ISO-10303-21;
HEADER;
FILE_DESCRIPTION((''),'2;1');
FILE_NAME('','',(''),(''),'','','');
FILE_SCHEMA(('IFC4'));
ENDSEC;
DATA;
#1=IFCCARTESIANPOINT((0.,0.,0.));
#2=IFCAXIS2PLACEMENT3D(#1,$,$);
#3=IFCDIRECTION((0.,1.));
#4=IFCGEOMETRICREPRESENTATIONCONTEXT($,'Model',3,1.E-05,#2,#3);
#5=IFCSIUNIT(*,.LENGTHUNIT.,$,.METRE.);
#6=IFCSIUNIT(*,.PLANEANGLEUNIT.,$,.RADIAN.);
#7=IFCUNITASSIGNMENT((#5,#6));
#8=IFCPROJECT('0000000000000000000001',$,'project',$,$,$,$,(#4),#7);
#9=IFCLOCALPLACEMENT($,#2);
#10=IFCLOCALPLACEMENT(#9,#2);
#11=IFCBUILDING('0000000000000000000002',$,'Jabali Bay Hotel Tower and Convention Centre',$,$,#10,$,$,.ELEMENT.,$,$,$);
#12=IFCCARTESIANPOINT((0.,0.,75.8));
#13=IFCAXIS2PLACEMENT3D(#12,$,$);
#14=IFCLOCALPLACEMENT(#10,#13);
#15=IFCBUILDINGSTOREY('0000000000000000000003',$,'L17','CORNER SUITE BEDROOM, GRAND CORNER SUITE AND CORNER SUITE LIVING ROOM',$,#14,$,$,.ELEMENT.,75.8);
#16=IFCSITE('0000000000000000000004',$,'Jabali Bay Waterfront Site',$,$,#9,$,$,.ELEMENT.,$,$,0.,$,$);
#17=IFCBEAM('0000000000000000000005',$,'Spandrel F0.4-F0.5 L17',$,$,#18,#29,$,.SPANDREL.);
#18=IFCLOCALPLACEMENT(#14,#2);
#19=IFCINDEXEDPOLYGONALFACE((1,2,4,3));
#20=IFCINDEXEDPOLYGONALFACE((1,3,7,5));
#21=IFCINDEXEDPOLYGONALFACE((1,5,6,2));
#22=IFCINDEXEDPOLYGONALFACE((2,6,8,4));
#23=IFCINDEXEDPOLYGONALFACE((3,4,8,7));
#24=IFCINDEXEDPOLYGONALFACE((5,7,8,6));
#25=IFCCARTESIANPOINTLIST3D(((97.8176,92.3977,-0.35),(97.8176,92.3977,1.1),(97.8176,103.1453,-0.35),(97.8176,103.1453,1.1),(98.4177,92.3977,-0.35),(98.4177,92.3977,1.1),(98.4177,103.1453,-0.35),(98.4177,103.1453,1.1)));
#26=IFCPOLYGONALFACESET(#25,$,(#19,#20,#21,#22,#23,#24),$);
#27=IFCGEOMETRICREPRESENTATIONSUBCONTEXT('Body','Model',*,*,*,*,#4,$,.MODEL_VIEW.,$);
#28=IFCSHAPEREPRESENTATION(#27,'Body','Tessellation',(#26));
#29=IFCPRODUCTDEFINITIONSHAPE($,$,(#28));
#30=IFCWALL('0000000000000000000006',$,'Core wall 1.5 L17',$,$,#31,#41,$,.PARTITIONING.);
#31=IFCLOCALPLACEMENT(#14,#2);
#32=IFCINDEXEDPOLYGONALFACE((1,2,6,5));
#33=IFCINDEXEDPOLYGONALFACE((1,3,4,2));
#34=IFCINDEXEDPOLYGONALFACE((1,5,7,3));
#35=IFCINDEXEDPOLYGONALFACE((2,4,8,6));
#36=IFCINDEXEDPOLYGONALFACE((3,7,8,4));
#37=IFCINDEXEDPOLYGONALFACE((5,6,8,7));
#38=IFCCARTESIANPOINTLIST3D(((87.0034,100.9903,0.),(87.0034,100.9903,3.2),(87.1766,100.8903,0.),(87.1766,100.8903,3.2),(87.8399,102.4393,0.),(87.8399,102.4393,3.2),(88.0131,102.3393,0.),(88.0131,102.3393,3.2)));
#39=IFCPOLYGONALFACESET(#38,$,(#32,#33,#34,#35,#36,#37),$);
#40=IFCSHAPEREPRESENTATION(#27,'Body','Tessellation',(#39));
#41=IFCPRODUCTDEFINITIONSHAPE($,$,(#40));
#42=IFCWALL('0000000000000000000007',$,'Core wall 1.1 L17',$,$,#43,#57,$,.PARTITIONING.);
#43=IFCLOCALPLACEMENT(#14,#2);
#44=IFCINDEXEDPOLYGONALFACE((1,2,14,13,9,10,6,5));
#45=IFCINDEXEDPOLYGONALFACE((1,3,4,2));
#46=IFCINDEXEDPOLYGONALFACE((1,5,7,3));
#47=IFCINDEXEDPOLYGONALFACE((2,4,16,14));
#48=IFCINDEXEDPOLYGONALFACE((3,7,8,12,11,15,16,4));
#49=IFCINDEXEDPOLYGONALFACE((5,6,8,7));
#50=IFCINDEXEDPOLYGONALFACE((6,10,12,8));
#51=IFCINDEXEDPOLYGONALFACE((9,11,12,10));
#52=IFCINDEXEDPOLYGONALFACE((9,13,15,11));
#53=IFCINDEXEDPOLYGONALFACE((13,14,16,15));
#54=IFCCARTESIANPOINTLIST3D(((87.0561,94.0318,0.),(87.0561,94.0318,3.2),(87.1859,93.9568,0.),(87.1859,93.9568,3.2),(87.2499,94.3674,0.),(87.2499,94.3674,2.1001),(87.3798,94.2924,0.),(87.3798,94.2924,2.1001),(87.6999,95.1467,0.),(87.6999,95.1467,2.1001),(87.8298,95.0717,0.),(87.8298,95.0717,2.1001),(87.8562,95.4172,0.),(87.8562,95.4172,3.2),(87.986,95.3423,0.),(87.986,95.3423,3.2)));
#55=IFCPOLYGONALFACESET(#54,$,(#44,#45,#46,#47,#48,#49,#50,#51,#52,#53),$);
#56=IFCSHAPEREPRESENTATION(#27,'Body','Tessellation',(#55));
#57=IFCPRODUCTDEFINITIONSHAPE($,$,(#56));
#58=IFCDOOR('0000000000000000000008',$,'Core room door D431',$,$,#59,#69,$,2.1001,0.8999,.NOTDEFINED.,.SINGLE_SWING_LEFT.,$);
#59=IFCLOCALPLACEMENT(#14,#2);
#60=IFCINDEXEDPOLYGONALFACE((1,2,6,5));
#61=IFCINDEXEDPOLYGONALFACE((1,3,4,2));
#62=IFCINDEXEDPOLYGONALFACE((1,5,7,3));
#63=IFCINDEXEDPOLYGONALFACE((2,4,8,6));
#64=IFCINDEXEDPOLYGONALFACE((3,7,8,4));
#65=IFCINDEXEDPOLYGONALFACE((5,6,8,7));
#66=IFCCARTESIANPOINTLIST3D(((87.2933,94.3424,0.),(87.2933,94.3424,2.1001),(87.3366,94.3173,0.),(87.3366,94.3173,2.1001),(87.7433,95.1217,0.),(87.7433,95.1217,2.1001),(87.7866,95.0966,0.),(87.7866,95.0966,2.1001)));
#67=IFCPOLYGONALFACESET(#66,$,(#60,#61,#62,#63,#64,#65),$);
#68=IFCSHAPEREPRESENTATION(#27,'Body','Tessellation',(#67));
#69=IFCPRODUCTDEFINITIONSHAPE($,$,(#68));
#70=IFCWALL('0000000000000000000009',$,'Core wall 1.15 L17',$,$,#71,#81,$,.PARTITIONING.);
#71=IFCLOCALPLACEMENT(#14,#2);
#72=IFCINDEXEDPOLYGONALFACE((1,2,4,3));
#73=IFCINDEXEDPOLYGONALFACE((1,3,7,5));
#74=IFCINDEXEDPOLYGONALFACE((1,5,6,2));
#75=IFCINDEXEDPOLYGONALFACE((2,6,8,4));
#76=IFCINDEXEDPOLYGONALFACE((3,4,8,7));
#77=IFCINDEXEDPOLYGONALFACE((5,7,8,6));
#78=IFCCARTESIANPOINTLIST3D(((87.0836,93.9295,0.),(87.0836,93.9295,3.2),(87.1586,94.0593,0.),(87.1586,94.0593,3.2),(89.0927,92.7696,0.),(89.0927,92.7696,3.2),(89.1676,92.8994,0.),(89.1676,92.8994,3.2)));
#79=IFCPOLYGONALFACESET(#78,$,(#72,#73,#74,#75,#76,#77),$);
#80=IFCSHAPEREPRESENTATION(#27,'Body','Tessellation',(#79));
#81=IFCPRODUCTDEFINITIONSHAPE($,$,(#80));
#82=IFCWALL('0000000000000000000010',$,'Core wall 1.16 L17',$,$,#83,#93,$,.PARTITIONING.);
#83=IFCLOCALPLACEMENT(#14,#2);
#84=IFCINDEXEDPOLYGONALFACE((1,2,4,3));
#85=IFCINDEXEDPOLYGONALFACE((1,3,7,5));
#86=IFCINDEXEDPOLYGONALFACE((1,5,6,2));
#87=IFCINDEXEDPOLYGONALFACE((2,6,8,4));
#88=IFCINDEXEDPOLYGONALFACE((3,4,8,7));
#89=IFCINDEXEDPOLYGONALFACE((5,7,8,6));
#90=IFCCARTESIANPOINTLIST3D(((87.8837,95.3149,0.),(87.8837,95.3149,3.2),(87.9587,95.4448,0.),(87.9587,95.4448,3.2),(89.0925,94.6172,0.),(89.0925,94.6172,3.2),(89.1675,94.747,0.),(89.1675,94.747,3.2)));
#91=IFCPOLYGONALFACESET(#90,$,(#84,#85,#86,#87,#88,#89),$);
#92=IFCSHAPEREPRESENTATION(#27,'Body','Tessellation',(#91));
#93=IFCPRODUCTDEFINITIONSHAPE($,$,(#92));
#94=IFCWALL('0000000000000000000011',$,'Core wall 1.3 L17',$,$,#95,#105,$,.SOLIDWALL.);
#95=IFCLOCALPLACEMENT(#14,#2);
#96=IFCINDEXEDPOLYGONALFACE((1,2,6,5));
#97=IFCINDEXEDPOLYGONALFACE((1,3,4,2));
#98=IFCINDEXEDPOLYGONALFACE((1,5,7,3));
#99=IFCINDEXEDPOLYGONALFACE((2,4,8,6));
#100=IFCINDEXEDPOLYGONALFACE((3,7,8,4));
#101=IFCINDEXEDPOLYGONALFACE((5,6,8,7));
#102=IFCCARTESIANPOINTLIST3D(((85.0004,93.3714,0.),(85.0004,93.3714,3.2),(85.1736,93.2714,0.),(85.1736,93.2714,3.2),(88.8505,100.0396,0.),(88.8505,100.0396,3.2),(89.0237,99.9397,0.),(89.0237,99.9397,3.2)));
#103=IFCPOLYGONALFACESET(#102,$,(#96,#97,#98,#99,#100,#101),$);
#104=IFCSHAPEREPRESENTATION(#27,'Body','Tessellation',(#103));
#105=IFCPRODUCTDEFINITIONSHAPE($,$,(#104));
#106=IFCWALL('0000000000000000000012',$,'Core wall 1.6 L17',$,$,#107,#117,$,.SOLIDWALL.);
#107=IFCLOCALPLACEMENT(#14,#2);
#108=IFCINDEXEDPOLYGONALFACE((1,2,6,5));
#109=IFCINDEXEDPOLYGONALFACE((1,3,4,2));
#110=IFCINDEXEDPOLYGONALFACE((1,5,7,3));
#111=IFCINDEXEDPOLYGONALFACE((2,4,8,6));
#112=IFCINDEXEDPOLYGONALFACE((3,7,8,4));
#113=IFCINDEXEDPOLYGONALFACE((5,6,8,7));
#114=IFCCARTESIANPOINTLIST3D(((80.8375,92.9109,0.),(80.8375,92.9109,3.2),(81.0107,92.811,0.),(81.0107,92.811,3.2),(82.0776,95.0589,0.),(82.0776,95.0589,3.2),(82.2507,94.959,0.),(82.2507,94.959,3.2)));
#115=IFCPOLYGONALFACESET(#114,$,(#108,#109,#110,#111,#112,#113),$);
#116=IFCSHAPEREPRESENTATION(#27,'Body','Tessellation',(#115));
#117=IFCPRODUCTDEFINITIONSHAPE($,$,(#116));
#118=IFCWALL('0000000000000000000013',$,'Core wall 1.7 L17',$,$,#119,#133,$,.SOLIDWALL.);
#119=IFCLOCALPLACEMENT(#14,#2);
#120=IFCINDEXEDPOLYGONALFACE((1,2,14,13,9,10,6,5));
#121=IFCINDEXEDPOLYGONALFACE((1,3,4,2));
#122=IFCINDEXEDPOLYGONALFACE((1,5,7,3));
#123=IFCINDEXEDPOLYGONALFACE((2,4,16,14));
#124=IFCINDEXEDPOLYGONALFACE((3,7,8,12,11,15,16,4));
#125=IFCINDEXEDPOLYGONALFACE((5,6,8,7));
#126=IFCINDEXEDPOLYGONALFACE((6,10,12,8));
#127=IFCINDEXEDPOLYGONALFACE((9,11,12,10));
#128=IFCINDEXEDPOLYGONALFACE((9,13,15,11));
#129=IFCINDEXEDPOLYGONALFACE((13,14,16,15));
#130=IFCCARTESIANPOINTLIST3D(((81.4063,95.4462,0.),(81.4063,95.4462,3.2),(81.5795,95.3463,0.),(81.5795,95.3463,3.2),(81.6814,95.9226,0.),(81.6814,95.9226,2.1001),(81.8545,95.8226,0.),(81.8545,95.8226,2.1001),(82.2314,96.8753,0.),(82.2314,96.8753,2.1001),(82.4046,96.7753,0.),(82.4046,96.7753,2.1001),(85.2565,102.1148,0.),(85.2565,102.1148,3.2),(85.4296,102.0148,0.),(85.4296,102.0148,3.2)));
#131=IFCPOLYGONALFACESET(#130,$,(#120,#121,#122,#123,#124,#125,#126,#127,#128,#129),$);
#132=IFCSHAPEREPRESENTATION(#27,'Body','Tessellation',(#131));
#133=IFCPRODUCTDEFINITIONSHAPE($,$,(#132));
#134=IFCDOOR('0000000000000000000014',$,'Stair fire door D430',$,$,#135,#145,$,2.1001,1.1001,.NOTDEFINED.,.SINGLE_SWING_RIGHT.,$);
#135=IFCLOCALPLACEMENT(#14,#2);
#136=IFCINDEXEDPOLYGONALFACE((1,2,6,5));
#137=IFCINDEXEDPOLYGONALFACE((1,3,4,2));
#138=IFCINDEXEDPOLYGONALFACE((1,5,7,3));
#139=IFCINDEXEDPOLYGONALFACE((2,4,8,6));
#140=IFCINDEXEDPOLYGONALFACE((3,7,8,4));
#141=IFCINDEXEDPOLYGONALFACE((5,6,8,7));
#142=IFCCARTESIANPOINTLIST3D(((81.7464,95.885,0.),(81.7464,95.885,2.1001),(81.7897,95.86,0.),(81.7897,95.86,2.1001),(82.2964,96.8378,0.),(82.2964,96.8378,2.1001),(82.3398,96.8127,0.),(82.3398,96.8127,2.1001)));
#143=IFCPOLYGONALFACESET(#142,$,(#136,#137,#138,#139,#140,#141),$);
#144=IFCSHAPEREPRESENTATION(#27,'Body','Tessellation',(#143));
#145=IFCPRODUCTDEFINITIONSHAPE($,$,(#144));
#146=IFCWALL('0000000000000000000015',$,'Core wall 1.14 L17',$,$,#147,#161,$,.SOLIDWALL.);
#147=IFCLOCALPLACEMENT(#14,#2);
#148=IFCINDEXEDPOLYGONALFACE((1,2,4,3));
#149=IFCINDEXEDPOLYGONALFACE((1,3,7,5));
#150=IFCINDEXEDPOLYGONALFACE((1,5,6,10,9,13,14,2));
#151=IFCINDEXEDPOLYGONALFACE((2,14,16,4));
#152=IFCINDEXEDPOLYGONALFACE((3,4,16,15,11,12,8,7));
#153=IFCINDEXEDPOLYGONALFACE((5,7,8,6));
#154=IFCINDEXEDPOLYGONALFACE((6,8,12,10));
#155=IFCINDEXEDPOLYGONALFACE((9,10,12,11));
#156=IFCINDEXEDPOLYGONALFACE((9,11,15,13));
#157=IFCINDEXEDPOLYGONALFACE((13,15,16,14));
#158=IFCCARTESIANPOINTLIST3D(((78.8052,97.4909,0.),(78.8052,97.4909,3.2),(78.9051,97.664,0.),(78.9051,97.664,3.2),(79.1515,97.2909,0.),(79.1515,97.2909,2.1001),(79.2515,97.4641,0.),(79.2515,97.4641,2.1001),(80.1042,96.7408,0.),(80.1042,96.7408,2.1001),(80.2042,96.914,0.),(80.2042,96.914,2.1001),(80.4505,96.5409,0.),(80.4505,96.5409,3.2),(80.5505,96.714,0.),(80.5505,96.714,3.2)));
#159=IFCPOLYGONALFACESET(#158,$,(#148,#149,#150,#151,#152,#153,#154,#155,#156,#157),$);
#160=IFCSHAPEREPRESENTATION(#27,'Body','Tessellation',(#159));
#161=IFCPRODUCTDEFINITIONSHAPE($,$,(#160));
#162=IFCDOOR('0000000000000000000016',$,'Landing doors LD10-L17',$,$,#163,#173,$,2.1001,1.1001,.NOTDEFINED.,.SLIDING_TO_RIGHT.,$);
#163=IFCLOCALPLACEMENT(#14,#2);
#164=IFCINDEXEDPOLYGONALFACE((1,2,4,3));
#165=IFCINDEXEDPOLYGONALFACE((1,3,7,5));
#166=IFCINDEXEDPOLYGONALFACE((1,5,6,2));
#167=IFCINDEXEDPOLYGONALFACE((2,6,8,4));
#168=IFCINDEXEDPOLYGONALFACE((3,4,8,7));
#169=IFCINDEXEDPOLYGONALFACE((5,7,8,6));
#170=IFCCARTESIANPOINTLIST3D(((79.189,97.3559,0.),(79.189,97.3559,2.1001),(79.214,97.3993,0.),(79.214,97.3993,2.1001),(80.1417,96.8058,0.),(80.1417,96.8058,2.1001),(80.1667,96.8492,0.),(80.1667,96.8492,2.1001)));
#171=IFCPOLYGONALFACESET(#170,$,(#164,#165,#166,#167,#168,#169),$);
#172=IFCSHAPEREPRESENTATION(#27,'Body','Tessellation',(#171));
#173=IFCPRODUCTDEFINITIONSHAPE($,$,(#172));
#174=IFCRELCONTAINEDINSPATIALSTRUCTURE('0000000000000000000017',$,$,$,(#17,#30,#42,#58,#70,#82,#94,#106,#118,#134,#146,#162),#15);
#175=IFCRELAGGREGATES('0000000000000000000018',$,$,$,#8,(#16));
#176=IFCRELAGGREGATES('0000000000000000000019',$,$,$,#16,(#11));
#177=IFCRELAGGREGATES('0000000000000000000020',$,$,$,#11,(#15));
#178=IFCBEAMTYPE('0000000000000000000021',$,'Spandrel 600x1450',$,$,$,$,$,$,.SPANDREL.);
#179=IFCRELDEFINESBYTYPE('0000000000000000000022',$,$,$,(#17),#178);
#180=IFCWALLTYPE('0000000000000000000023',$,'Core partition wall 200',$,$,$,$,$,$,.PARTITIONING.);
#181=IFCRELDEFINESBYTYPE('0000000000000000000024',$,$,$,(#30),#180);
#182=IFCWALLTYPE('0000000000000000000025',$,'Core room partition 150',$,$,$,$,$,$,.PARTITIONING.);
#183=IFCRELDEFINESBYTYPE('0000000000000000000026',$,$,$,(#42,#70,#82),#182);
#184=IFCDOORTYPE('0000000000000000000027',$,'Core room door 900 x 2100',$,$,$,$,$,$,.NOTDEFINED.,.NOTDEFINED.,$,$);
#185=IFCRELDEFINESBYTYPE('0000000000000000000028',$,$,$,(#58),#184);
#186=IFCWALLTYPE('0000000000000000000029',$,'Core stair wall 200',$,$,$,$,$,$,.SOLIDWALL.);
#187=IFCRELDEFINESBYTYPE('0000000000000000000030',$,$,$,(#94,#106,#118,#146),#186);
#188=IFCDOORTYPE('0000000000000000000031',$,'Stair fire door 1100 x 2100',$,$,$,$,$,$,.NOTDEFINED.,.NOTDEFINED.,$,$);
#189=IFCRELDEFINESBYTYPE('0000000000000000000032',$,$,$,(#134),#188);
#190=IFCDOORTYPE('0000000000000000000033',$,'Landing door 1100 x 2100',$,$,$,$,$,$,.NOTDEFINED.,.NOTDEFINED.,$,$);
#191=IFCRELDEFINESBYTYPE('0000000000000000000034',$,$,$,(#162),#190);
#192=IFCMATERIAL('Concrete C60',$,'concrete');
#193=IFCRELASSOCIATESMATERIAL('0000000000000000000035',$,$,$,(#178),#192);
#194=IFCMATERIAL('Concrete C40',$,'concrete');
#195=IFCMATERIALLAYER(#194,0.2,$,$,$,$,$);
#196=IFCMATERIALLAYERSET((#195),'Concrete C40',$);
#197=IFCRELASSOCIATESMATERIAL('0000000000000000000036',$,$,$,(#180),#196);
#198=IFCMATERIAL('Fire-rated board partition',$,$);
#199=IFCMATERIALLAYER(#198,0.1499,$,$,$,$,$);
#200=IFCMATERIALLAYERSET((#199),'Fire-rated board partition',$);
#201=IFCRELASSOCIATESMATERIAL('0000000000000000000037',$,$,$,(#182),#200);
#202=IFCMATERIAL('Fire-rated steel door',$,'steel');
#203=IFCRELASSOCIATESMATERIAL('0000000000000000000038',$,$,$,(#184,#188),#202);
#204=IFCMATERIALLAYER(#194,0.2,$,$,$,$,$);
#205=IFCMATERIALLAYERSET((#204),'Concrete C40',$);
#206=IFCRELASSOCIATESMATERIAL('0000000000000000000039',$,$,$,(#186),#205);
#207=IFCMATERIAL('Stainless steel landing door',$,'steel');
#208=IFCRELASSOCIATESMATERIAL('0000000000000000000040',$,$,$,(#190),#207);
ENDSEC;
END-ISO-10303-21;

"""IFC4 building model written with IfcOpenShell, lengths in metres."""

from ifc_helpers import new_model, si_unit, direction, frame, frame_2d, origin, origin_2d, place, context, subcontext, project, spatial, rectangle, extrude, material, layer, layer_set, material_profile, profile_set, type_object, element, fill, save


model = new_model("IFC4")

# Units and contexts
model_context = context("Model", 3, precision=1e-05, world=origin(), true_north=direction((0.0, 1.0)))
body_context = subcontext(model_context, "Body", "Model", "MODEL_VIEW")
ifc_project = project(units=[si_unit("LENGTHUNIT", "METRE"), si_unit("PLANEANGLEUNIT", "RADIAN")], contexts=[model_context])

# Site, building, storey
site_placement = place(None, origin())
site = spatial("IfcSite", under=ifc_project, at=site_placement, Name="Jabali Bay Waterfront Site", CompositionType="ELEMENT", RefElevation=0.0)
building_placement = place(site_placement, origin())
building = spatial("IfcBuilding", under=site, at=building_placement, Name="Jabali Bay Hotel Tower and Convention Centre", CompositionType="ELEMENT")
storey_placement = place(building_placement, frame((0.0, 0.0, 75.8)))
storey = spatial("IfcBuildingStorey", under=building, at=storey_placement, Name="L17", Description="CORNER SUITE BEDROOM, GRAND CORNER SUITE AND CORNER SUITE LIVING ROOM", CompositionType="ELEMENT", Elevation=75.8)

# Beam
ifc_material_1 = material(Name="Concrete C60", Category="concrete")
ifc_material_profile = material_profile(ifc_material_1, rectangle(XDim=0.6001, YDim=1.45, at=origin_2d()), Name="Spandrel 600x1450")
ifc_profile_set = profile_set([ifc_material_profile], Name="Concrete C60")
beam_type = type_object("IfcBeamType", Name="Spandrel 600x1450", PredefinedType="SPANDREL", material=ifc_profile_set)
beam_placement = place(storey_placement, frame((98.1177, 92.3977, 0.375), z_axis=(0.0, 1.0, 0.0), x_axis=(-1.0, 0.0, 0.0)))
element("IfcBeam", 1, at=beam_placement, inside=storey, type_object=beam_type, Name="Spandrel F0.4-F0.5 L17", PredefinedType="SPANDREL", context=body_context, shape_type="SweptSolid", body=[
    extrude(rectangle(XDim=0.6001, YDim=1.45, at=origin_2d()), origin(), (0.0, 0.0, 1.0), 10.7476),
])

# Wall
ifc_material_2 = material(Name="Concrete C40", Category="concrete")
ifc_layer_1 = layer(ifc_material_2, 0.2)
ifc_layer_set_1 = layer_set([ifc_layer_1], Name="Concrete C40")
wall_type_1 = type_object("IfcWallType", Name="Core partition wall 200", PredefinedType="PARTITIONING", material=ifc_layer_set_1)
wall_1_placement = place(storey_placement, frame((87.0901, 100.9404, 0.0), z_axis=(0.0, 0.0, 1.0), x_axis=(0.499937, 0.866062, 0.0)))
element("IfcWall", 2, at=wall_1_placement, inside=storey, type_object=wall_type_1, Name="Core wall 1.5 L17", PredefinedType="PARTITIONING", context=body_context, shape_type="SweptSolid", body=[
    extrude(rectangle(XDim=1.6731, YDim=0.2, at=frame_2d((0.8364, 0.0))), origin(), (0.0, 0.0, 1.0), 3.2),
])

# Wall, opening, door
ifc_material_3 = material(Name="Fire-rated board partition")
ifc_layer_2 = layer(ifc_material_3, 0.1499)
ifc_layer_set_2 = layer_set([ifc_layer_2], Name="Fire-rated board partition")
wall_type_2 = type_object("IfcWallType", Name="Core room partition 150", PredefinedType="PARTITIONING", material=ifc_layer_set_2)
wall_2_placement = place(storey_placement, frame((87.1211, 93.9944, 0.0), z_axis=(0.0, 0.0, 1.0), x_axis=(0.500061, 0.86599, 0.0)))
wall_2 = element("IfcWall", 3, at=wall_2_placement, inside=storey, type_object=wall_type_2, Name="Core wall 1.1 L17", PredefinedType="PARTITIONING", context=body_context, shape_type="SweptSolid", body=[
    extrude(rectangle(XDim=1.5999, YDim=0.1499, at=frame_2d((0.7998, 0.0))), origin(), (0.0, 0.0, 1.0), 3.2),
])
opening_1_placement = place(wall_2_placement, frame((0.3875, 0.0, 0.0)))
opening_1 = element("IfcOpeningElement", 4, at=opening_1_placement, cuts=wall_2, PredefinedType="OPENING", context=body_context, shape_type="SweptSolid", body=[
    extrude(rectangle(XDim=0.8999, YDim=2.1001, at=frame_2d((0.45, 1.05))), frame((0.0, 0.0854, 0.0), z_axis=(0.0, -1.0, 0.0), x_axis=(1.0, 0.0, 0.0)), (0.0, 0.0, 1.0), 0.1709),
])
ifc_material_4 = material(Name="Fire-rated steel door", Category="steel")
door_type_1 = type_object("IfcDoorType", Name="Core room door 900 x 2100", OperationType="NOTDEFINED", PredefinedType="NOTDEFINED", material=ifc_material_4)
door_1_placement = place(opening_1_placement, origin())
door_1 = element("IfcDoor", 5, at=door_1_placement, inside=storey, type_object=door_type_1, Name="Core room door D431", OperationType="SINGLE_SWING_LEFT", OverallHeight=2.1001, OverallWidth=0.8999, PredefinedType="NOTDEFINED", context=body_context, shape_type="SweptSolid", body=[
    extrude(rectangle(XDim=0.8999, YDim=2.1001, at=frame_2d((0.45, 1.05))), frame((0.0, 0.0249, 0.0), z_axis=(0.0, -1.0, 0.0), x_axis=(1.0, 0.0, 0.0)), (0.0, 0.0, 1.0), 0.05),
])
fill(opening_1, door_1)

# Walls
wall_3_placement = place(storey_placement, frame((89.1301, 92.8345, 0.0), z_axis=(0.0, 0.0, 1.0), x_axis=(-0.866026, 0.499999, 0.0)))
element("IfcWall", 6, at=wall_3_placement, inside=storey, type_object=wall_type_2, Name="Core wall 1.15 L17", PredefinedType="PARTITIONING", context=body_context, shape_type="SweptSolid", body=[
    extrude(rectangle(XDim=2.3198, YDim=0.1499, at=frame_2d((1.1599, 0.0))), origin(), (0.0, 0.0, 1.0), 3.2),
])
wall_4_placement = place(storey_placement, frame((89.1299, 94.6821, 0.0), z_axis=(0.0, 0.0, 1.0), x_axis=(-0.86606, 0.499939, 0.0)))
element("IfcWall", 7, at=wall_4_placement, inside=storey, type_object=wall_type_2, Name="Core wall 1.16 L17", PredefinedType="PARTITIONING", context=body_context, shape_type="SweptSolid", body=[
    extrude(rectangle(XDim=1.3958, YDim=0.1499, at=frame_2d((0.6978, 0.0))), origin(), (0.0, 0.0, 1.0), 3.2),
])
ifc_layer_3 = layer(ifc_material_2, 0.2)
ifc_layer_set_3 = layer_set([ifc_layer_3], Name="Concrete C40")
wall_type_3 = type_object("IfcWallType", Name="Core stair wall 200", PredefinedType="SOLIDWALL", material=ifc_layer_set_3)
wall_5_placement = place(storey_placement, frame((85.0869, 93.3213, 0.0), z_axis=(0.0, 0.0, 1.0), x_axis=(0.50002, 0.866014, 0.0)))
element("IfcWall", 8, at=wall_5_placement, inside=storey, type_object=wall_type_3, Name="Core wall 1.3 L17", PredefinedType="SOLIDWALL", context=body_context, shape_type="SweptSolid", body=[
    extrude(rectangle(XDim=7.7, YDim=0.2, at=frame_2d((3.8501, 0.0))), origin(), (0.0, 0.0, 1.0), 3.2),
])
wall_6_placement = place(storey_placement, frame((80.9241, 92.8608, 0.0), z_axis=(0.0, 0.0, 1.0), x_axis=(0.499961, 0.866048, 0.0)))
element("IfcWall", 9, at=wall_6_placement, inside=storey, type_object=wall_type_3, Name="Core wall 1.6 L17", PredefinedType="SOLIDWALL", context=body_context, shape_type="SweptSolid", body=[
    extrude(rectangle(XDim=2.4802, YDim=0.2, at=frame_2d((1.2402, 0.0))), origin(), (0.0, 0.0, 1.0), 3.2),
])

# Walls, openings, doors
wall_7_placement = place(storey_placement, frame((81.4929, 95.3962, 0.0), z_axis=(0.0, 0.0, 1.0), x_axis=(0.500006, 0.866022, 0.0)))
wall_7 = element("IfcWall", 10, at=wall_7_placement, inside=storey, type_object=wall_type_3, Name="Core wall 1.7 L17", PredefinedType="SOLIDWALL", context=body_context, shape_type="SweptSolid", body=[
    extrude(rectangle(XDim=7.7002, YDim=0.2, at=frame_2d((3.8501, 0.0))), origin(), (0.0, 0.0, 1.0), 3.2),
])
opening_2_placement = place(wall_7_placement, frame((0.55, 0.0, 0.0)))
opening_2 = element("IfcOpeningElement", 11, at=opening_2_placement, cuts=wall_7, PredefinedType="OPENING", context=body_context, shape_type="SweptSolid", body=[
    extrude(rectangle(XDim=1.1001, YDim=2.1001, at=frame_2d((0.55, 1.05))), frame((0.0, 0.1104, 0.0), z_axis=(0.0, -1.0, 0.0), x_axis=(1.0, 0.0, 0.0)), (0.0, 0.0, 1.0), 0.2209),
])
door_type_2 = type_object("IfcDoorType", Name="Stair fire door 1100 x 2100", OperationType="NOTDEFINED", PredefinedType="NOTDEFINED", material=ifc_material_4)
door_2_placement = place(opening_2_placement, origin())
door_2 = element("IfcDoor", 12, at=door_2_placement, inside=storey, type_object=door_type_2, Name="Stair fire door D430", OperationType="SINGLE_SWING_RIGHT", OverallHeight=2.1001, OverallWidth=1.1001, PredefinedType="NOTDEFINED", context=body_context, shape_type="SweptSolid", body=[
    extrude(rectangle(XDim=1.1001, YDim=2.1001, at=frame_2d((0.55, 1.05))), frame((0.0, 0.0249, 0.0), z_axis=(0.0, -1.0, 0.0), x_axis=(1.0, 0.0, 0.0)), (0.0, 0.0, 1.0), 0.05),
])
fill(opening_2, door_2)
wall_8_placement = place(storey_placement, frame((80.5005, 96.6274, 0.0), z_axis=(0.0, 0.0, 1.0), x_axis=(-0.866012, 0.500023, 0.0)))
wall_8 = element("IfcWall", 13, at=wall_8_placement, inside=storey, type_object=wall_type_3, Name="Core wall 1.14 L17", PredefinedType="SOLIDWALL", context=body_context, shape_type="SweptSolid", body=[
    extrude(rectangle(XDim=1.8999, YDim=0.2, at=frame_2d((0.95, 0.0))), origin(), (0.0, 0.0, 1.0), 3.2),
])
opening_3_placement = place(wall_8_placement, frame((0.3999, 0.0, 0.0)))
opening_3 = element("IfcOpeningElement", 14, at=opening_3_placement, cuts=wall_8, PredefinedType="OPENING", context=body_context, shape_type="SweptSolid", body=[
    extrude(rectangle(XDim=1.1001, YDim=2.1001, at=frame_2d((0.55, 1.05))), frame((0.0, 0.1104, 0.0), z_axis=(0.0, -1.0, 0.0), x_axis=(1.0, 0.0, 0.0)), (0.0, 0.0, 1.0), 0.2209),
])
ifc_material_5 = material(Name="Stainless steel landing door", Category="steel")
door_type_3 = type_object("IfcDoorType", Name="Landing door 1100 x 2100", OperationType="NOTDEFINED", PredefinedType="NOTDEFINED", material=ifc_material_5)
door_3_placement = place(opening_3_placement, origin())
door_3 = element("IfcDoor", 15, at=door_3_placement, inside=storey, type_object=door_type_3, Name="Landing doors LD10-L17", OperationType="SLIDING_TO_RIGHT", OverallHeight=2.1001, OverallWidth=1.1001, PredefinedType="NOTDEFINED", context=body_context, shape_type="SweptSolid", body=[
    extrude(rectangle(XDim=1.1001, YDim=2.1001, at=frame_2d((0.55, 1.05))), frame((0.0, 0.0249, 0.0), z_axis=(0.0, -1.0, 0.0), x_axis=(1.0, 0.0, 0.0)), (0.0, 0.0, 1.0), 0.05),
])
fill(opening_3, door_3)

save(model, "model.ifc")
